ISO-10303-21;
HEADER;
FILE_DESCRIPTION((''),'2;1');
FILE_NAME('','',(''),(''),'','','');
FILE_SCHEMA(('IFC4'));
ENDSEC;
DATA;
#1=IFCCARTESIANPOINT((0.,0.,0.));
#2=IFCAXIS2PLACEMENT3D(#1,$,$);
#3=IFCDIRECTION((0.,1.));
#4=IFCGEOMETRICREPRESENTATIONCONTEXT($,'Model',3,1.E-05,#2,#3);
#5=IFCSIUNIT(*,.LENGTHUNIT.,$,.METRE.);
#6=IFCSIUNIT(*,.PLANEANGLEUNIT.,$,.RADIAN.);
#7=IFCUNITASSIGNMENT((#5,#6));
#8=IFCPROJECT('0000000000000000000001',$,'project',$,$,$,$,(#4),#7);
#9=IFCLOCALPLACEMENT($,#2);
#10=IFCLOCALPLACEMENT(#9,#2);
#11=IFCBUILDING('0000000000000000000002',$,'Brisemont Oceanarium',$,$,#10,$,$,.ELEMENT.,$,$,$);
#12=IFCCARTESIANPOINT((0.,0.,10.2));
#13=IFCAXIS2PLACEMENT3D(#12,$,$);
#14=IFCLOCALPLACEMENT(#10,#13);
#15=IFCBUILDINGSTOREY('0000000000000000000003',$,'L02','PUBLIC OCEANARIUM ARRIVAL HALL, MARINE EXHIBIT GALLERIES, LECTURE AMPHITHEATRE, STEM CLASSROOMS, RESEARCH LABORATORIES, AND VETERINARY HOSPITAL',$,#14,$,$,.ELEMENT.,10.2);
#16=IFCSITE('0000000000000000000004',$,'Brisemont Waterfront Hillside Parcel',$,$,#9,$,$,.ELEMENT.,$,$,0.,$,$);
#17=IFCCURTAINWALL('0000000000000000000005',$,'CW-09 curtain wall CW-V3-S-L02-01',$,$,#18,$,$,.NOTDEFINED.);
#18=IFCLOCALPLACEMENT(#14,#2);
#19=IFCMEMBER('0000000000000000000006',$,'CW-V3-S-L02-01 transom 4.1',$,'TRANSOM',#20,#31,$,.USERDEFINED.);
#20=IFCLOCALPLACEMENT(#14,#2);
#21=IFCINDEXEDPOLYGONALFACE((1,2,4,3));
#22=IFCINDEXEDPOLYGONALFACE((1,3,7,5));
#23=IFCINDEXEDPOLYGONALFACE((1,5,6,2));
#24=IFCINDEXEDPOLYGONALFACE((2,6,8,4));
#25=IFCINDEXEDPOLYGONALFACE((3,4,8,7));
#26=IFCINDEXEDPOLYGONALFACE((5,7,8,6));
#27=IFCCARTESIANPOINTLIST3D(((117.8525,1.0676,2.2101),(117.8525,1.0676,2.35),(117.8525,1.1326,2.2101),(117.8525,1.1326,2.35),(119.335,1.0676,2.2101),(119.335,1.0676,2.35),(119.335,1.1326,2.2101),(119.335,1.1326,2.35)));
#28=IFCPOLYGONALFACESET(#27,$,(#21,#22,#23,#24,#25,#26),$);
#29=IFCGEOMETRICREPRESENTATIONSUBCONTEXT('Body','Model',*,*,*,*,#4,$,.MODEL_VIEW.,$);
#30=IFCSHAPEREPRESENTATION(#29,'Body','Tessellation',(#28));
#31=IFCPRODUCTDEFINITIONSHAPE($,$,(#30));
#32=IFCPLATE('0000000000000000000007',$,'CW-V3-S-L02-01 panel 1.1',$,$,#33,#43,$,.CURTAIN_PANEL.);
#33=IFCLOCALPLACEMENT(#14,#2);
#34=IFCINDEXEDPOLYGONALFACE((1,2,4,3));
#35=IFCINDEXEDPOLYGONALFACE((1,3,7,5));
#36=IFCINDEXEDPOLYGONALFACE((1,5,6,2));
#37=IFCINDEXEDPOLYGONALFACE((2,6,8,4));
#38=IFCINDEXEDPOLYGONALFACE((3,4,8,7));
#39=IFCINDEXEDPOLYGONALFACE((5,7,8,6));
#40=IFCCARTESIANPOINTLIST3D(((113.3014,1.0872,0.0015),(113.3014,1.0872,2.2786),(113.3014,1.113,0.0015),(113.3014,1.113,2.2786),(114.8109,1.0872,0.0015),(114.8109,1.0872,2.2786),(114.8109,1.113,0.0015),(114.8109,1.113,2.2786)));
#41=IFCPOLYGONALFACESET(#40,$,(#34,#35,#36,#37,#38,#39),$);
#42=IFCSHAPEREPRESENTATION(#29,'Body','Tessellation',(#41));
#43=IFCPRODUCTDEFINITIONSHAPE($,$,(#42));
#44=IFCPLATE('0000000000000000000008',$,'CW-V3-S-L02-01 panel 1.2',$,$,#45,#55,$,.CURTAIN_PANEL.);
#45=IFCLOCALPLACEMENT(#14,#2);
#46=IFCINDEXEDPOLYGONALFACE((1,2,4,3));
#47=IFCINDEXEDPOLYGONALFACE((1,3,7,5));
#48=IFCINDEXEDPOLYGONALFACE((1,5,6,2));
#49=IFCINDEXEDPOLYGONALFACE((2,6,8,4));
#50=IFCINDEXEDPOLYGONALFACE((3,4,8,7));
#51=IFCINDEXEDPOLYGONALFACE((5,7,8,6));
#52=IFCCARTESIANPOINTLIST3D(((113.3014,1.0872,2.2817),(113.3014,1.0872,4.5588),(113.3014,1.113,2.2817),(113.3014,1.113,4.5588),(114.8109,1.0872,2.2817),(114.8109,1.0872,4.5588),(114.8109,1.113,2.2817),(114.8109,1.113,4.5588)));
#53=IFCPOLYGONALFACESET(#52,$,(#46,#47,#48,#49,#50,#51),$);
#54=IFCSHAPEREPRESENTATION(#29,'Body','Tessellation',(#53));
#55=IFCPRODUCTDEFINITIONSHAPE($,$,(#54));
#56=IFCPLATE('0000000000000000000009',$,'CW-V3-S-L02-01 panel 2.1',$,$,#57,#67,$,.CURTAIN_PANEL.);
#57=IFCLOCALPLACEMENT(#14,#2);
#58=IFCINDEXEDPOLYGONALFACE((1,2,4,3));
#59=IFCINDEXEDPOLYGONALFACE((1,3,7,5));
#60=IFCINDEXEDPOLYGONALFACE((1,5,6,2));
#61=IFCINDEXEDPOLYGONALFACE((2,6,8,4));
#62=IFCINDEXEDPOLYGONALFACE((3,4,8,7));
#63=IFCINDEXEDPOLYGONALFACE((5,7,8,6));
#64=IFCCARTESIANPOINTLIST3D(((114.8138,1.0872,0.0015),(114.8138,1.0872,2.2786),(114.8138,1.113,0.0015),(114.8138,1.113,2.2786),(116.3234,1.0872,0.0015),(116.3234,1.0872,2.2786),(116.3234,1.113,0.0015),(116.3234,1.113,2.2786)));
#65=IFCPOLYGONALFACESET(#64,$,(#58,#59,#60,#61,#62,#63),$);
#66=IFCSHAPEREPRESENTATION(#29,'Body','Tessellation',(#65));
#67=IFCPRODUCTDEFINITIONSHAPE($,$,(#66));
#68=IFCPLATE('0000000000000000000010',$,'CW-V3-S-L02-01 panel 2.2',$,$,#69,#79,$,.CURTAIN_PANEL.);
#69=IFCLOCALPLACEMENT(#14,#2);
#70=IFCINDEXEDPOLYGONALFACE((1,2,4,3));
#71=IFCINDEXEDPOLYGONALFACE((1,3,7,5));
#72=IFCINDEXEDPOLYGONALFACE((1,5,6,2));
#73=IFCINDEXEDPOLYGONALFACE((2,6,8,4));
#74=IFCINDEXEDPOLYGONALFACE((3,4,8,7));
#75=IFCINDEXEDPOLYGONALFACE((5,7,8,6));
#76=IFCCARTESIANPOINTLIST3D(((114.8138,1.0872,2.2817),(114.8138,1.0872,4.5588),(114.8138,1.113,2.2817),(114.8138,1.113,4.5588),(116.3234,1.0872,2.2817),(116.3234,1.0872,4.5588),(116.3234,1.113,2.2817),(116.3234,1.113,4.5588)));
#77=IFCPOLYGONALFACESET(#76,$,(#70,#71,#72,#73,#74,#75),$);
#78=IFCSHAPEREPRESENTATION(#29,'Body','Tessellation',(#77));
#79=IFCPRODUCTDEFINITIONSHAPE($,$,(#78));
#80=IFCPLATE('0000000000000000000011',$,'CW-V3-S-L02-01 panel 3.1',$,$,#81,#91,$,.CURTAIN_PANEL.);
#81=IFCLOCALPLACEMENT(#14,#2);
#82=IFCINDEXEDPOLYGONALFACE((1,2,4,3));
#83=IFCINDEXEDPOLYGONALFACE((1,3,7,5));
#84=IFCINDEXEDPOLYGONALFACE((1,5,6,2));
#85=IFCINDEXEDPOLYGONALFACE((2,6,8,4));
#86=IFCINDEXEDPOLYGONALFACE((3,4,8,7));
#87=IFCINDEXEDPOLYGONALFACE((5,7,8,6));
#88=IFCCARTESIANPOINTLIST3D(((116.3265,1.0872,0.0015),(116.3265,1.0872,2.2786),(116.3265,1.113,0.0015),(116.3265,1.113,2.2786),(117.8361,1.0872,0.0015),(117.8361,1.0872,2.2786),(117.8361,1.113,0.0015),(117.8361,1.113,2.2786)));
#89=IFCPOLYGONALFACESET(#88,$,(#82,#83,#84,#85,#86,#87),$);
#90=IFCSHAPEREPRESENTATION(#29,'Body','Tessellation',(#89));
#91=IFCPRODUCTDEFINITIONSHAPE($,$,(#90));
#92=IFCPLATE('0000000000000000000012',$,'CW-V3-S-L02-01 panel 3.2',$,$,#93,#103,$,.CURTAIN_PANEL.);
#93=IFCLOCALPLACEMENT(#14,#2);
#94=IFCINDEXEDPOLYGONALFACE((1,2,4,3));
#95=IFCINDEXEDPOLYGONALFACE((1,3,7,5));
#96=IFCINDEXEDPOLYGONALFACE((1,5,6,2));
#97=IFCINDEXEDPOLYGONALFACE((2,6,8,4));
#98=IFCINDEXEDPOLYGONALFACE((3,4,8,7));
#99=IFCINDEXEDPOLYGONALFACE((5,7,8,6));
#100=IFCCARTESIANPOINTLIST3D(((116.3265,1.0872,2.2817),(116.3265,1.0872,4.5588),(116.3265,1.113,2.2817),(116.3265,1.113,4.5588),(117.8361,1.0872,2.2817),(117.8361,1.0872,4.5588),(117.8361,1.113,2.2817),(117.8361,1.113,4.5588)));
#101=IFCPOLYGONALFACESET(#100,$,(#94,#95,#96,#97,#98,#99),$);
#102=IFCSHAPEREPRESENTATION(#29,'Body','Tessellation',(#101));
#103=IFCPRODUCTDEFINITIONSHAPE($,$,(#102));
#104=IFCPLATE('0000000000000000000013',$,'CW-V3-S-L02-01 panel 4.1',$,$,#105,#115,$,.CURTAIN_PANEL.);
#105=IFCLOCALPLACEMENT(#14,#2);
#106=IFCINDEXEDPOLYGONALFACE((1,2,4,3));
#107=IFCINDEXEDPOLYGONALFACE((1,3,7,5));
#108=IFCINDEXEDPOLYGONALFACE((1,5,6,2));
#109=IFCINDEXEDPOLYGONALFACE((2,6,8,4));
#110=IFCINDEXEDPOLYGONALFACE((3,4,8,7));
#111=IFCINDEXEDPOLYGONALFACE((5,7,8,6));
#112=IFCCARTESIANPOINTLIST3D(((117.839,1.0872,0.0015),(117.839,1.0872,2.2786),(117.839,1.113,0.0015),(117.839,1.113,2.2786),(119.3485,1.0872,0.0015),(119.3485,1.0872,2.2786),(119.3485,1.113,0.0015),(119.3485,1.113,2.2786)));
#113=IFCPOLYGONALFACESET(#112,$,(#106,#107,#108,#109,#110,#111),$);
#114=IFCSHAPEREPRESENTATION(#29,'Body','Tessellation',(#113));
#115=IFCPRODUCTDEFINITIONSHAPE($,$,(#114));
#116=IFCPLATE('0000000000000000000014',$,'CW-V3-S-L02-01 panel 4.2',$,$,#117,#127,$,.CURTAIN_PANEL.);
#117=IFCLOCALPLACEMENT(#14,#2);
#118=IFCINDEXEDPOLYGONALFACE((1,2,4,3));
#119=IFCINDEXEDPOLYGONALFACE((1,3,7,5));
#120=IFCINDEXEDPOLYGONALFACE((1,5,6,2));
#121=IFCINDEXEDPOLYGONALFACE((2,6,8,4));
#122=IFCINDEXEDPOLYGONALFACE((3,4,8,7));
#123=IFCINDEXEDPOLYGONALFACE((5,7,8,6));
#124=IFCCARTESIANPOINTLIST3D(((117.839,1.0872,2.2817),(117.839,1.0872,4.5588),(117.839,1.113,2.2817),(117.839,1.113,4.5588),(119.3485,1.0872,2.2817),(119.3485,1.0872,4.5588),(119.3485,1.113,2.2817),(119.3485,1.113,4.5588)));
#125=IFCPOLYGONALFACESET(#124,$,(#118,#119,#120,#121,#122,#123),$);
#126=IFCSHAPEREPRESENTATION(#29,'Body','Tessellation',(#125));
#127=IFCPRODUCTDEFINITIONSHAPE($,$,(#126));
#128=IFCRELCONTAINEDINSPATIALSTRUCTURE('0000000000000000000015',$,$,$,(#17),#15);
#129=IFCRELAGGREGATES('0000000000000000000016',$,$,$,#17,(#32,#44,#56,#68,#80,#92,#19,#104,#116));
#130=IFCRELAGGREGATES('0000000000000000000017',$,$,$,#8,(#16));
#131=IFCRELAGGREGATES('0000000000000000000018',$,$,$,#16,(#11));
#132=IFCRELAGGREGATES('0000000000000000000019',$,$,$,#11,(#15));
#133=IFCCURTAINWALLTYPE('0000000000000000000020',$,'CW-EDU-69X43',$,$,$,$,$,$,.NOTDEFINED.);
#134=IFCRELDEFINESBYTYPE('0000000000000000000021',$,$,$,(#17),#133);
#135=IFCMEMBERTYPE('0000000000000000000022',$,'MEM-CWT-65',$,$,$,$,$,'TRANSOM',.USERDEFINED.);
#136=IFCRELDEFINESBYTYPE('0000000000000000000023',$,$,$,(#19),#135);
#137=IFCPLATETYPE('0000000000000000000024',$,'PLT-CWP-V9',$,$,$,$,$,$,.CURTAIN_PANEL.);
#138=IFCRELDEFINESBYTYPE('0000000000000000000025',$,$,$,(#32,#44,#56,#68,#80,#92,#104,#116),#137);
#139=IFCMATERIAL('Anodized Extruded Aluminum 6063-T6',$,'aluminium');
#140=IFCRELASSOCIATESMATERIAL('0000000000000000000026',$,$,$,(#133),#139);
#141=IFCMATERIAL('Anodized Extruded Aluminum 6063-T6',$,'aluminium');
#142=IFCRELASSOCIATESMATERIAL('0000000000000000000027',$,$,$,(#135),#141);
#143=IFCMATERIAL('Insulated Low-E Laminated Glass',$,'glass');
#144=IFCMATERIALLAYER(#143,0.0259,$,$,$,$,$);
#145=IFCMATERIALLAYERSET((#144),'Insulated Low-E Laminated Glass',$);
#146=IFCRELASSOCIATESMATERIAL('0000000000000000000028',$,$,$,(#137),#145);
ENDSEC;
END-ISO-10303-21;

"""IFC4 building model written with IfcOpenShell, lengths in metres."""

from ifc_helpers import new_model, si_unit, direction, frame, origin, origin_2d, place, context, subcontext, project, spatial, rectangle, extrude, material, layer, layer_set, material_profile, profile_set, type_object, element, aggregate, save


model = new_model("IFC4")

# Units and contexts
model_context = context("Model", 3, precision=1e-05, world=origin(), true_north=direction((0.0, 1.0)))
body_context = subcontext(model_context, "Body", "Model", "MODEL_VIEW")
ifc_project = project(units=[si_unit("LENGTHUNIT", "METRE"), si_unit("PLANEANGLEUNIT", "RADIAN")], contexts=[model_context])

# Site, building, storey
site_placement = place(None, origin())
site = spatial("IfcSite", under=ifc_project, at=site_placement, Name="Brisemont Waterfront Hillside Parcel", CompositionType="ELEMENT", RefElevation=0.0)
building_placement = place(site_placement, origin())
building = spatial("IfcBuilding", under=site, at=building_placement, Name="Brisemont Oceanarium", CompositionType="ELEMENT")
storey_placement = place(building_placement, frame((0.0, 0.0, 10.2)))
storey = spatial("IfcBuildingStorey", under=building, at=storey_placement, Name="L02", Description="PUBLIC OCEANARIUM ARRIVAL HALL, MARINE EXHIBIT GALLERIES, LECTURE AMPHITHEATRE, STEM CLASSROOMS, RESEARCH LABORATORIES, AND VETERINARY HOSPITAL", CompositionType="ELEMENT", Elevation=10.2)

# Curtain wall, member, plates
ifc_material_1 = material(Name="Anodized Extruded Aluminum 6063-T6", Category="aluminium")
curtain_wall_type = type_object("IfcCurtainWallType", Name="CW-EDU-69X43", PredefinedType="NOTDEFINED", material=ifc_material_1)
curtain_wall_placement = place(storey_placement, origin())
curtain_wall = element("IfcCurtainWall", 1, at=curtain_wall_placement, inside=storey, type_object=curtain_wall_type, Name="CW-09 curtain wall CW-V3-S-L02-01", PredefinedType="NOTDEFINED")
ifc_material_2 = material(Name="Anodized Extruded Aluminum 6063-T6", Category="aluminium")
ifc_material_profile_1 = material_profile(ifc_material_2, rectangle(XDim=0.0649, YDim=0.1399, at=origin_2d()), Name="CWT-65X140")
ifc_profile_set_1 = profile_set([ifc_material_profile_1], Name="Anodized Extruded Aluminum 6063-T6")
member_type_1 = type_object("IfcMemberType", Name="MEM-CWT-65", ElementType="TRANSOM", PredefinedType="USERDEFINED", material=ifc_profile_set_1)
member_1_placement = place(storey_placement, frame((117.8525, 1.1001, 2.28), z_axis=(1.0, 0.0, 0.0), x_axis=(0.0, 1.0, 0.0)))
member_1 = element("IfcMember", 2, at=member_1_placement, type_object=member_type_1, Name="CW-V3-S-L02-01 transom 4.1", ObjectType="TRANSOM", PredefinedType="USERDEFINED", context=body_context, shape_type="SweptSolid", body=[
    extrude(rectangle(XDim=0.0649, YDim=0.1399, at=origin_2d()), origin(), (0.0, 0.0, 1.0), 1.4824),
])
ifc_material_3 = material(Name="Insulated Low-E Laminated Glass", Category="glass")
ifc_layer = layer(ifc_material_3, 0.0259)
ifc_layer_set = layer_set([ifc_layer], Name="Insulated Low-E Laminated Glass")
plate_type = type_object("IfcPlateType", Name="PLT-CWP-V9", PredefinedType="CURTAIN_PANEL", material=ifc_layer_set)
plate_1_placement = place(storey_placement, frame((114.0562, 1.1001, 0.0015), z_axis=(0.0, 0.0, 1.0), x_axis=(1.0, 0.0, 0.0)))
plate_1 = element("IfcPlate", 3, at=plate_1_placement, type_object=plate_type, Name="CW-V3-S-L02-01 panel 1.1", PredefinedType="CURTAIN_PANEL", context=body_context, shape_type="SweptSolid", body=[
    extrude(rectangle(XDim=1.5095, YDim=0.0259, at=origin_2d()), origin(), (0.0, 0.0, 1.0), 2.2771),
])
plate_2_placement = place(storey_placement, frame((114.0562, 1.1001, 2.2817), z_axis=(0.0, 0.0, 1.0), x_axis=(1.0, 0.0, 0.0)))
plate_2 = element("IfcPlate", 4, at=plate_2_placement, type_object=plate_type, Name="CW-V3-S-L02-01 panel 1.2", PredefinedType="CURTAIN_PANEL", context=body_context, shape_type="SweptSolid", body=[
    extrude(rectangle(XDim=1.5095, YDim=0.0259, at=origin_2d()), origin(), (0.0, 0.0, 1.0), 2.2771),
])
plate_3_placement = place(storey_placement, frame((115.5686, 1.1001, 0.0015), z_axis=(0.0, 0.0, 1.0), x_axis=(1.0, 0.0, 0.0)))
plate_3 = element("IfcPlate", 5, at=plate_3_placement, type_object=plate_type, Name="CW-V3-S-L02-01 panel 2.1", PredefinedType="CURTAIN_PANEL", context=body_context, shape_type="SweptSolid", body=[
    extrude(rectangle(XDim=1.5095, YDim=0.0259, at=origin_2d()), origin(), (0.0, 0.0, 1.0), 2.2771),
])
plate_4_placement = place(storey_placement, frame((115.5686, 1.1001, 2.2817), z_axis=(0.0, 0.0, 1.0), x_axis=(1.0, 0.0, 0.0)))
plate_4 = element("IfcPlate", 6, at=plate_4_placement, type_object=plate_type, Name="CW-V3-S-L02-01 panel 2.2", PredefinedType="CURTAIN_PANEL", context=body_context, shape_type="SweptSolid", body=[
    extrude(rectangle(XDim=1.5095, YDim=0.0259, at=origin_2d()), origin(), (0.0, 0.0, 1.0), 2.2771),
])
plate_5_placement = place(storey_placement, frame((117.0813, 1.1001, 0.0015), z_axis=(0.0, 0.0, 1.0), x_axis=(1.0, 0.0, 0.0)))
plate_5 = element("IfcPlate", 7, at=plate_5_placement, type_object=plate_type, Name="CW-V3-S-L02-01 panel 3.1", PredefinedType="CURTAIN_PANEL", context=body_context, shape_type="SweptSolid", body=[
    extrude(rectangle(XDim=1.5095, YDim=0.0259, at=origin_2d()), origin(), (0.0, 0.0, 1.0), 2.2771),
])
plate_6_placement = place(storey_placement, frame((117.0813, 1.1001, 2.2817), z_axis=(0.0, 0.0, 1.0), x_axis=(1.0, 0.0, 0.0)))
plate_6 = element("IfcPlate", 8, at=plate_6_placement, type_object=plate_type, Name="CW-V3-S-L02-01 panel 3.2", PredefinedType="CURTAIN_PANEL", context=body_context, shape_type="SweptSolid", body=[
    extrude(rectangle(XDim=1.5095, YDim=0.0259, at=origin_2d()), origin(), (0.0, 0.0, 1.0), 2.2771),
])
plate_7_placement = place(storey_placement, frame((118.5938, 1.1001, 0.0015), z_axis=(0.0, 0.0, 1.0), x_axis=(1.0, 0.0, 0.0)))
plate_7 = element("IfcPlate", 9, at=plate_7_placement, type_object=plate_type, Name="CW-V3-S-L02-01 panel 4.1", PredefinedType="CURTAIN_PANEL", context=body_context, shape_type="SweptSolid", body=[
    extrude(rectangle(XDim=1.5095, YDim=0.0259, at=origin_2d()), origin(), (0.0, 0.0, 1.0), 2.2771),
])
plate_8_placement = place(storey_placement, frame((118.5938, 1.1001, 2.2817), z_axis=(0.0, 0.0, 1.0), x_axis=(1.0, 0.0, 0.0)))
plate_8 = element("IfcPlate", 10, at=plate_8_placement, type_object=plate_type, Name="CW-V3-S-L02-01 panel 4.2", PredefinedType="CURTAIN_PANEL", context=body_context, shape_type="SweptSolid", body=[
    extrude(rectangle(XDim=1.5095, YDim=0.0259, at=origin_2d()), origin(), (0.0, 0.0, 1.0), 2.2771),
])
aggregate(curtain_wall, [plate_1, plate_2, plate_3, plate_4, plate_5, plate_6, member_1, plate_7, plate_8])

save(model, "model.ifc")
